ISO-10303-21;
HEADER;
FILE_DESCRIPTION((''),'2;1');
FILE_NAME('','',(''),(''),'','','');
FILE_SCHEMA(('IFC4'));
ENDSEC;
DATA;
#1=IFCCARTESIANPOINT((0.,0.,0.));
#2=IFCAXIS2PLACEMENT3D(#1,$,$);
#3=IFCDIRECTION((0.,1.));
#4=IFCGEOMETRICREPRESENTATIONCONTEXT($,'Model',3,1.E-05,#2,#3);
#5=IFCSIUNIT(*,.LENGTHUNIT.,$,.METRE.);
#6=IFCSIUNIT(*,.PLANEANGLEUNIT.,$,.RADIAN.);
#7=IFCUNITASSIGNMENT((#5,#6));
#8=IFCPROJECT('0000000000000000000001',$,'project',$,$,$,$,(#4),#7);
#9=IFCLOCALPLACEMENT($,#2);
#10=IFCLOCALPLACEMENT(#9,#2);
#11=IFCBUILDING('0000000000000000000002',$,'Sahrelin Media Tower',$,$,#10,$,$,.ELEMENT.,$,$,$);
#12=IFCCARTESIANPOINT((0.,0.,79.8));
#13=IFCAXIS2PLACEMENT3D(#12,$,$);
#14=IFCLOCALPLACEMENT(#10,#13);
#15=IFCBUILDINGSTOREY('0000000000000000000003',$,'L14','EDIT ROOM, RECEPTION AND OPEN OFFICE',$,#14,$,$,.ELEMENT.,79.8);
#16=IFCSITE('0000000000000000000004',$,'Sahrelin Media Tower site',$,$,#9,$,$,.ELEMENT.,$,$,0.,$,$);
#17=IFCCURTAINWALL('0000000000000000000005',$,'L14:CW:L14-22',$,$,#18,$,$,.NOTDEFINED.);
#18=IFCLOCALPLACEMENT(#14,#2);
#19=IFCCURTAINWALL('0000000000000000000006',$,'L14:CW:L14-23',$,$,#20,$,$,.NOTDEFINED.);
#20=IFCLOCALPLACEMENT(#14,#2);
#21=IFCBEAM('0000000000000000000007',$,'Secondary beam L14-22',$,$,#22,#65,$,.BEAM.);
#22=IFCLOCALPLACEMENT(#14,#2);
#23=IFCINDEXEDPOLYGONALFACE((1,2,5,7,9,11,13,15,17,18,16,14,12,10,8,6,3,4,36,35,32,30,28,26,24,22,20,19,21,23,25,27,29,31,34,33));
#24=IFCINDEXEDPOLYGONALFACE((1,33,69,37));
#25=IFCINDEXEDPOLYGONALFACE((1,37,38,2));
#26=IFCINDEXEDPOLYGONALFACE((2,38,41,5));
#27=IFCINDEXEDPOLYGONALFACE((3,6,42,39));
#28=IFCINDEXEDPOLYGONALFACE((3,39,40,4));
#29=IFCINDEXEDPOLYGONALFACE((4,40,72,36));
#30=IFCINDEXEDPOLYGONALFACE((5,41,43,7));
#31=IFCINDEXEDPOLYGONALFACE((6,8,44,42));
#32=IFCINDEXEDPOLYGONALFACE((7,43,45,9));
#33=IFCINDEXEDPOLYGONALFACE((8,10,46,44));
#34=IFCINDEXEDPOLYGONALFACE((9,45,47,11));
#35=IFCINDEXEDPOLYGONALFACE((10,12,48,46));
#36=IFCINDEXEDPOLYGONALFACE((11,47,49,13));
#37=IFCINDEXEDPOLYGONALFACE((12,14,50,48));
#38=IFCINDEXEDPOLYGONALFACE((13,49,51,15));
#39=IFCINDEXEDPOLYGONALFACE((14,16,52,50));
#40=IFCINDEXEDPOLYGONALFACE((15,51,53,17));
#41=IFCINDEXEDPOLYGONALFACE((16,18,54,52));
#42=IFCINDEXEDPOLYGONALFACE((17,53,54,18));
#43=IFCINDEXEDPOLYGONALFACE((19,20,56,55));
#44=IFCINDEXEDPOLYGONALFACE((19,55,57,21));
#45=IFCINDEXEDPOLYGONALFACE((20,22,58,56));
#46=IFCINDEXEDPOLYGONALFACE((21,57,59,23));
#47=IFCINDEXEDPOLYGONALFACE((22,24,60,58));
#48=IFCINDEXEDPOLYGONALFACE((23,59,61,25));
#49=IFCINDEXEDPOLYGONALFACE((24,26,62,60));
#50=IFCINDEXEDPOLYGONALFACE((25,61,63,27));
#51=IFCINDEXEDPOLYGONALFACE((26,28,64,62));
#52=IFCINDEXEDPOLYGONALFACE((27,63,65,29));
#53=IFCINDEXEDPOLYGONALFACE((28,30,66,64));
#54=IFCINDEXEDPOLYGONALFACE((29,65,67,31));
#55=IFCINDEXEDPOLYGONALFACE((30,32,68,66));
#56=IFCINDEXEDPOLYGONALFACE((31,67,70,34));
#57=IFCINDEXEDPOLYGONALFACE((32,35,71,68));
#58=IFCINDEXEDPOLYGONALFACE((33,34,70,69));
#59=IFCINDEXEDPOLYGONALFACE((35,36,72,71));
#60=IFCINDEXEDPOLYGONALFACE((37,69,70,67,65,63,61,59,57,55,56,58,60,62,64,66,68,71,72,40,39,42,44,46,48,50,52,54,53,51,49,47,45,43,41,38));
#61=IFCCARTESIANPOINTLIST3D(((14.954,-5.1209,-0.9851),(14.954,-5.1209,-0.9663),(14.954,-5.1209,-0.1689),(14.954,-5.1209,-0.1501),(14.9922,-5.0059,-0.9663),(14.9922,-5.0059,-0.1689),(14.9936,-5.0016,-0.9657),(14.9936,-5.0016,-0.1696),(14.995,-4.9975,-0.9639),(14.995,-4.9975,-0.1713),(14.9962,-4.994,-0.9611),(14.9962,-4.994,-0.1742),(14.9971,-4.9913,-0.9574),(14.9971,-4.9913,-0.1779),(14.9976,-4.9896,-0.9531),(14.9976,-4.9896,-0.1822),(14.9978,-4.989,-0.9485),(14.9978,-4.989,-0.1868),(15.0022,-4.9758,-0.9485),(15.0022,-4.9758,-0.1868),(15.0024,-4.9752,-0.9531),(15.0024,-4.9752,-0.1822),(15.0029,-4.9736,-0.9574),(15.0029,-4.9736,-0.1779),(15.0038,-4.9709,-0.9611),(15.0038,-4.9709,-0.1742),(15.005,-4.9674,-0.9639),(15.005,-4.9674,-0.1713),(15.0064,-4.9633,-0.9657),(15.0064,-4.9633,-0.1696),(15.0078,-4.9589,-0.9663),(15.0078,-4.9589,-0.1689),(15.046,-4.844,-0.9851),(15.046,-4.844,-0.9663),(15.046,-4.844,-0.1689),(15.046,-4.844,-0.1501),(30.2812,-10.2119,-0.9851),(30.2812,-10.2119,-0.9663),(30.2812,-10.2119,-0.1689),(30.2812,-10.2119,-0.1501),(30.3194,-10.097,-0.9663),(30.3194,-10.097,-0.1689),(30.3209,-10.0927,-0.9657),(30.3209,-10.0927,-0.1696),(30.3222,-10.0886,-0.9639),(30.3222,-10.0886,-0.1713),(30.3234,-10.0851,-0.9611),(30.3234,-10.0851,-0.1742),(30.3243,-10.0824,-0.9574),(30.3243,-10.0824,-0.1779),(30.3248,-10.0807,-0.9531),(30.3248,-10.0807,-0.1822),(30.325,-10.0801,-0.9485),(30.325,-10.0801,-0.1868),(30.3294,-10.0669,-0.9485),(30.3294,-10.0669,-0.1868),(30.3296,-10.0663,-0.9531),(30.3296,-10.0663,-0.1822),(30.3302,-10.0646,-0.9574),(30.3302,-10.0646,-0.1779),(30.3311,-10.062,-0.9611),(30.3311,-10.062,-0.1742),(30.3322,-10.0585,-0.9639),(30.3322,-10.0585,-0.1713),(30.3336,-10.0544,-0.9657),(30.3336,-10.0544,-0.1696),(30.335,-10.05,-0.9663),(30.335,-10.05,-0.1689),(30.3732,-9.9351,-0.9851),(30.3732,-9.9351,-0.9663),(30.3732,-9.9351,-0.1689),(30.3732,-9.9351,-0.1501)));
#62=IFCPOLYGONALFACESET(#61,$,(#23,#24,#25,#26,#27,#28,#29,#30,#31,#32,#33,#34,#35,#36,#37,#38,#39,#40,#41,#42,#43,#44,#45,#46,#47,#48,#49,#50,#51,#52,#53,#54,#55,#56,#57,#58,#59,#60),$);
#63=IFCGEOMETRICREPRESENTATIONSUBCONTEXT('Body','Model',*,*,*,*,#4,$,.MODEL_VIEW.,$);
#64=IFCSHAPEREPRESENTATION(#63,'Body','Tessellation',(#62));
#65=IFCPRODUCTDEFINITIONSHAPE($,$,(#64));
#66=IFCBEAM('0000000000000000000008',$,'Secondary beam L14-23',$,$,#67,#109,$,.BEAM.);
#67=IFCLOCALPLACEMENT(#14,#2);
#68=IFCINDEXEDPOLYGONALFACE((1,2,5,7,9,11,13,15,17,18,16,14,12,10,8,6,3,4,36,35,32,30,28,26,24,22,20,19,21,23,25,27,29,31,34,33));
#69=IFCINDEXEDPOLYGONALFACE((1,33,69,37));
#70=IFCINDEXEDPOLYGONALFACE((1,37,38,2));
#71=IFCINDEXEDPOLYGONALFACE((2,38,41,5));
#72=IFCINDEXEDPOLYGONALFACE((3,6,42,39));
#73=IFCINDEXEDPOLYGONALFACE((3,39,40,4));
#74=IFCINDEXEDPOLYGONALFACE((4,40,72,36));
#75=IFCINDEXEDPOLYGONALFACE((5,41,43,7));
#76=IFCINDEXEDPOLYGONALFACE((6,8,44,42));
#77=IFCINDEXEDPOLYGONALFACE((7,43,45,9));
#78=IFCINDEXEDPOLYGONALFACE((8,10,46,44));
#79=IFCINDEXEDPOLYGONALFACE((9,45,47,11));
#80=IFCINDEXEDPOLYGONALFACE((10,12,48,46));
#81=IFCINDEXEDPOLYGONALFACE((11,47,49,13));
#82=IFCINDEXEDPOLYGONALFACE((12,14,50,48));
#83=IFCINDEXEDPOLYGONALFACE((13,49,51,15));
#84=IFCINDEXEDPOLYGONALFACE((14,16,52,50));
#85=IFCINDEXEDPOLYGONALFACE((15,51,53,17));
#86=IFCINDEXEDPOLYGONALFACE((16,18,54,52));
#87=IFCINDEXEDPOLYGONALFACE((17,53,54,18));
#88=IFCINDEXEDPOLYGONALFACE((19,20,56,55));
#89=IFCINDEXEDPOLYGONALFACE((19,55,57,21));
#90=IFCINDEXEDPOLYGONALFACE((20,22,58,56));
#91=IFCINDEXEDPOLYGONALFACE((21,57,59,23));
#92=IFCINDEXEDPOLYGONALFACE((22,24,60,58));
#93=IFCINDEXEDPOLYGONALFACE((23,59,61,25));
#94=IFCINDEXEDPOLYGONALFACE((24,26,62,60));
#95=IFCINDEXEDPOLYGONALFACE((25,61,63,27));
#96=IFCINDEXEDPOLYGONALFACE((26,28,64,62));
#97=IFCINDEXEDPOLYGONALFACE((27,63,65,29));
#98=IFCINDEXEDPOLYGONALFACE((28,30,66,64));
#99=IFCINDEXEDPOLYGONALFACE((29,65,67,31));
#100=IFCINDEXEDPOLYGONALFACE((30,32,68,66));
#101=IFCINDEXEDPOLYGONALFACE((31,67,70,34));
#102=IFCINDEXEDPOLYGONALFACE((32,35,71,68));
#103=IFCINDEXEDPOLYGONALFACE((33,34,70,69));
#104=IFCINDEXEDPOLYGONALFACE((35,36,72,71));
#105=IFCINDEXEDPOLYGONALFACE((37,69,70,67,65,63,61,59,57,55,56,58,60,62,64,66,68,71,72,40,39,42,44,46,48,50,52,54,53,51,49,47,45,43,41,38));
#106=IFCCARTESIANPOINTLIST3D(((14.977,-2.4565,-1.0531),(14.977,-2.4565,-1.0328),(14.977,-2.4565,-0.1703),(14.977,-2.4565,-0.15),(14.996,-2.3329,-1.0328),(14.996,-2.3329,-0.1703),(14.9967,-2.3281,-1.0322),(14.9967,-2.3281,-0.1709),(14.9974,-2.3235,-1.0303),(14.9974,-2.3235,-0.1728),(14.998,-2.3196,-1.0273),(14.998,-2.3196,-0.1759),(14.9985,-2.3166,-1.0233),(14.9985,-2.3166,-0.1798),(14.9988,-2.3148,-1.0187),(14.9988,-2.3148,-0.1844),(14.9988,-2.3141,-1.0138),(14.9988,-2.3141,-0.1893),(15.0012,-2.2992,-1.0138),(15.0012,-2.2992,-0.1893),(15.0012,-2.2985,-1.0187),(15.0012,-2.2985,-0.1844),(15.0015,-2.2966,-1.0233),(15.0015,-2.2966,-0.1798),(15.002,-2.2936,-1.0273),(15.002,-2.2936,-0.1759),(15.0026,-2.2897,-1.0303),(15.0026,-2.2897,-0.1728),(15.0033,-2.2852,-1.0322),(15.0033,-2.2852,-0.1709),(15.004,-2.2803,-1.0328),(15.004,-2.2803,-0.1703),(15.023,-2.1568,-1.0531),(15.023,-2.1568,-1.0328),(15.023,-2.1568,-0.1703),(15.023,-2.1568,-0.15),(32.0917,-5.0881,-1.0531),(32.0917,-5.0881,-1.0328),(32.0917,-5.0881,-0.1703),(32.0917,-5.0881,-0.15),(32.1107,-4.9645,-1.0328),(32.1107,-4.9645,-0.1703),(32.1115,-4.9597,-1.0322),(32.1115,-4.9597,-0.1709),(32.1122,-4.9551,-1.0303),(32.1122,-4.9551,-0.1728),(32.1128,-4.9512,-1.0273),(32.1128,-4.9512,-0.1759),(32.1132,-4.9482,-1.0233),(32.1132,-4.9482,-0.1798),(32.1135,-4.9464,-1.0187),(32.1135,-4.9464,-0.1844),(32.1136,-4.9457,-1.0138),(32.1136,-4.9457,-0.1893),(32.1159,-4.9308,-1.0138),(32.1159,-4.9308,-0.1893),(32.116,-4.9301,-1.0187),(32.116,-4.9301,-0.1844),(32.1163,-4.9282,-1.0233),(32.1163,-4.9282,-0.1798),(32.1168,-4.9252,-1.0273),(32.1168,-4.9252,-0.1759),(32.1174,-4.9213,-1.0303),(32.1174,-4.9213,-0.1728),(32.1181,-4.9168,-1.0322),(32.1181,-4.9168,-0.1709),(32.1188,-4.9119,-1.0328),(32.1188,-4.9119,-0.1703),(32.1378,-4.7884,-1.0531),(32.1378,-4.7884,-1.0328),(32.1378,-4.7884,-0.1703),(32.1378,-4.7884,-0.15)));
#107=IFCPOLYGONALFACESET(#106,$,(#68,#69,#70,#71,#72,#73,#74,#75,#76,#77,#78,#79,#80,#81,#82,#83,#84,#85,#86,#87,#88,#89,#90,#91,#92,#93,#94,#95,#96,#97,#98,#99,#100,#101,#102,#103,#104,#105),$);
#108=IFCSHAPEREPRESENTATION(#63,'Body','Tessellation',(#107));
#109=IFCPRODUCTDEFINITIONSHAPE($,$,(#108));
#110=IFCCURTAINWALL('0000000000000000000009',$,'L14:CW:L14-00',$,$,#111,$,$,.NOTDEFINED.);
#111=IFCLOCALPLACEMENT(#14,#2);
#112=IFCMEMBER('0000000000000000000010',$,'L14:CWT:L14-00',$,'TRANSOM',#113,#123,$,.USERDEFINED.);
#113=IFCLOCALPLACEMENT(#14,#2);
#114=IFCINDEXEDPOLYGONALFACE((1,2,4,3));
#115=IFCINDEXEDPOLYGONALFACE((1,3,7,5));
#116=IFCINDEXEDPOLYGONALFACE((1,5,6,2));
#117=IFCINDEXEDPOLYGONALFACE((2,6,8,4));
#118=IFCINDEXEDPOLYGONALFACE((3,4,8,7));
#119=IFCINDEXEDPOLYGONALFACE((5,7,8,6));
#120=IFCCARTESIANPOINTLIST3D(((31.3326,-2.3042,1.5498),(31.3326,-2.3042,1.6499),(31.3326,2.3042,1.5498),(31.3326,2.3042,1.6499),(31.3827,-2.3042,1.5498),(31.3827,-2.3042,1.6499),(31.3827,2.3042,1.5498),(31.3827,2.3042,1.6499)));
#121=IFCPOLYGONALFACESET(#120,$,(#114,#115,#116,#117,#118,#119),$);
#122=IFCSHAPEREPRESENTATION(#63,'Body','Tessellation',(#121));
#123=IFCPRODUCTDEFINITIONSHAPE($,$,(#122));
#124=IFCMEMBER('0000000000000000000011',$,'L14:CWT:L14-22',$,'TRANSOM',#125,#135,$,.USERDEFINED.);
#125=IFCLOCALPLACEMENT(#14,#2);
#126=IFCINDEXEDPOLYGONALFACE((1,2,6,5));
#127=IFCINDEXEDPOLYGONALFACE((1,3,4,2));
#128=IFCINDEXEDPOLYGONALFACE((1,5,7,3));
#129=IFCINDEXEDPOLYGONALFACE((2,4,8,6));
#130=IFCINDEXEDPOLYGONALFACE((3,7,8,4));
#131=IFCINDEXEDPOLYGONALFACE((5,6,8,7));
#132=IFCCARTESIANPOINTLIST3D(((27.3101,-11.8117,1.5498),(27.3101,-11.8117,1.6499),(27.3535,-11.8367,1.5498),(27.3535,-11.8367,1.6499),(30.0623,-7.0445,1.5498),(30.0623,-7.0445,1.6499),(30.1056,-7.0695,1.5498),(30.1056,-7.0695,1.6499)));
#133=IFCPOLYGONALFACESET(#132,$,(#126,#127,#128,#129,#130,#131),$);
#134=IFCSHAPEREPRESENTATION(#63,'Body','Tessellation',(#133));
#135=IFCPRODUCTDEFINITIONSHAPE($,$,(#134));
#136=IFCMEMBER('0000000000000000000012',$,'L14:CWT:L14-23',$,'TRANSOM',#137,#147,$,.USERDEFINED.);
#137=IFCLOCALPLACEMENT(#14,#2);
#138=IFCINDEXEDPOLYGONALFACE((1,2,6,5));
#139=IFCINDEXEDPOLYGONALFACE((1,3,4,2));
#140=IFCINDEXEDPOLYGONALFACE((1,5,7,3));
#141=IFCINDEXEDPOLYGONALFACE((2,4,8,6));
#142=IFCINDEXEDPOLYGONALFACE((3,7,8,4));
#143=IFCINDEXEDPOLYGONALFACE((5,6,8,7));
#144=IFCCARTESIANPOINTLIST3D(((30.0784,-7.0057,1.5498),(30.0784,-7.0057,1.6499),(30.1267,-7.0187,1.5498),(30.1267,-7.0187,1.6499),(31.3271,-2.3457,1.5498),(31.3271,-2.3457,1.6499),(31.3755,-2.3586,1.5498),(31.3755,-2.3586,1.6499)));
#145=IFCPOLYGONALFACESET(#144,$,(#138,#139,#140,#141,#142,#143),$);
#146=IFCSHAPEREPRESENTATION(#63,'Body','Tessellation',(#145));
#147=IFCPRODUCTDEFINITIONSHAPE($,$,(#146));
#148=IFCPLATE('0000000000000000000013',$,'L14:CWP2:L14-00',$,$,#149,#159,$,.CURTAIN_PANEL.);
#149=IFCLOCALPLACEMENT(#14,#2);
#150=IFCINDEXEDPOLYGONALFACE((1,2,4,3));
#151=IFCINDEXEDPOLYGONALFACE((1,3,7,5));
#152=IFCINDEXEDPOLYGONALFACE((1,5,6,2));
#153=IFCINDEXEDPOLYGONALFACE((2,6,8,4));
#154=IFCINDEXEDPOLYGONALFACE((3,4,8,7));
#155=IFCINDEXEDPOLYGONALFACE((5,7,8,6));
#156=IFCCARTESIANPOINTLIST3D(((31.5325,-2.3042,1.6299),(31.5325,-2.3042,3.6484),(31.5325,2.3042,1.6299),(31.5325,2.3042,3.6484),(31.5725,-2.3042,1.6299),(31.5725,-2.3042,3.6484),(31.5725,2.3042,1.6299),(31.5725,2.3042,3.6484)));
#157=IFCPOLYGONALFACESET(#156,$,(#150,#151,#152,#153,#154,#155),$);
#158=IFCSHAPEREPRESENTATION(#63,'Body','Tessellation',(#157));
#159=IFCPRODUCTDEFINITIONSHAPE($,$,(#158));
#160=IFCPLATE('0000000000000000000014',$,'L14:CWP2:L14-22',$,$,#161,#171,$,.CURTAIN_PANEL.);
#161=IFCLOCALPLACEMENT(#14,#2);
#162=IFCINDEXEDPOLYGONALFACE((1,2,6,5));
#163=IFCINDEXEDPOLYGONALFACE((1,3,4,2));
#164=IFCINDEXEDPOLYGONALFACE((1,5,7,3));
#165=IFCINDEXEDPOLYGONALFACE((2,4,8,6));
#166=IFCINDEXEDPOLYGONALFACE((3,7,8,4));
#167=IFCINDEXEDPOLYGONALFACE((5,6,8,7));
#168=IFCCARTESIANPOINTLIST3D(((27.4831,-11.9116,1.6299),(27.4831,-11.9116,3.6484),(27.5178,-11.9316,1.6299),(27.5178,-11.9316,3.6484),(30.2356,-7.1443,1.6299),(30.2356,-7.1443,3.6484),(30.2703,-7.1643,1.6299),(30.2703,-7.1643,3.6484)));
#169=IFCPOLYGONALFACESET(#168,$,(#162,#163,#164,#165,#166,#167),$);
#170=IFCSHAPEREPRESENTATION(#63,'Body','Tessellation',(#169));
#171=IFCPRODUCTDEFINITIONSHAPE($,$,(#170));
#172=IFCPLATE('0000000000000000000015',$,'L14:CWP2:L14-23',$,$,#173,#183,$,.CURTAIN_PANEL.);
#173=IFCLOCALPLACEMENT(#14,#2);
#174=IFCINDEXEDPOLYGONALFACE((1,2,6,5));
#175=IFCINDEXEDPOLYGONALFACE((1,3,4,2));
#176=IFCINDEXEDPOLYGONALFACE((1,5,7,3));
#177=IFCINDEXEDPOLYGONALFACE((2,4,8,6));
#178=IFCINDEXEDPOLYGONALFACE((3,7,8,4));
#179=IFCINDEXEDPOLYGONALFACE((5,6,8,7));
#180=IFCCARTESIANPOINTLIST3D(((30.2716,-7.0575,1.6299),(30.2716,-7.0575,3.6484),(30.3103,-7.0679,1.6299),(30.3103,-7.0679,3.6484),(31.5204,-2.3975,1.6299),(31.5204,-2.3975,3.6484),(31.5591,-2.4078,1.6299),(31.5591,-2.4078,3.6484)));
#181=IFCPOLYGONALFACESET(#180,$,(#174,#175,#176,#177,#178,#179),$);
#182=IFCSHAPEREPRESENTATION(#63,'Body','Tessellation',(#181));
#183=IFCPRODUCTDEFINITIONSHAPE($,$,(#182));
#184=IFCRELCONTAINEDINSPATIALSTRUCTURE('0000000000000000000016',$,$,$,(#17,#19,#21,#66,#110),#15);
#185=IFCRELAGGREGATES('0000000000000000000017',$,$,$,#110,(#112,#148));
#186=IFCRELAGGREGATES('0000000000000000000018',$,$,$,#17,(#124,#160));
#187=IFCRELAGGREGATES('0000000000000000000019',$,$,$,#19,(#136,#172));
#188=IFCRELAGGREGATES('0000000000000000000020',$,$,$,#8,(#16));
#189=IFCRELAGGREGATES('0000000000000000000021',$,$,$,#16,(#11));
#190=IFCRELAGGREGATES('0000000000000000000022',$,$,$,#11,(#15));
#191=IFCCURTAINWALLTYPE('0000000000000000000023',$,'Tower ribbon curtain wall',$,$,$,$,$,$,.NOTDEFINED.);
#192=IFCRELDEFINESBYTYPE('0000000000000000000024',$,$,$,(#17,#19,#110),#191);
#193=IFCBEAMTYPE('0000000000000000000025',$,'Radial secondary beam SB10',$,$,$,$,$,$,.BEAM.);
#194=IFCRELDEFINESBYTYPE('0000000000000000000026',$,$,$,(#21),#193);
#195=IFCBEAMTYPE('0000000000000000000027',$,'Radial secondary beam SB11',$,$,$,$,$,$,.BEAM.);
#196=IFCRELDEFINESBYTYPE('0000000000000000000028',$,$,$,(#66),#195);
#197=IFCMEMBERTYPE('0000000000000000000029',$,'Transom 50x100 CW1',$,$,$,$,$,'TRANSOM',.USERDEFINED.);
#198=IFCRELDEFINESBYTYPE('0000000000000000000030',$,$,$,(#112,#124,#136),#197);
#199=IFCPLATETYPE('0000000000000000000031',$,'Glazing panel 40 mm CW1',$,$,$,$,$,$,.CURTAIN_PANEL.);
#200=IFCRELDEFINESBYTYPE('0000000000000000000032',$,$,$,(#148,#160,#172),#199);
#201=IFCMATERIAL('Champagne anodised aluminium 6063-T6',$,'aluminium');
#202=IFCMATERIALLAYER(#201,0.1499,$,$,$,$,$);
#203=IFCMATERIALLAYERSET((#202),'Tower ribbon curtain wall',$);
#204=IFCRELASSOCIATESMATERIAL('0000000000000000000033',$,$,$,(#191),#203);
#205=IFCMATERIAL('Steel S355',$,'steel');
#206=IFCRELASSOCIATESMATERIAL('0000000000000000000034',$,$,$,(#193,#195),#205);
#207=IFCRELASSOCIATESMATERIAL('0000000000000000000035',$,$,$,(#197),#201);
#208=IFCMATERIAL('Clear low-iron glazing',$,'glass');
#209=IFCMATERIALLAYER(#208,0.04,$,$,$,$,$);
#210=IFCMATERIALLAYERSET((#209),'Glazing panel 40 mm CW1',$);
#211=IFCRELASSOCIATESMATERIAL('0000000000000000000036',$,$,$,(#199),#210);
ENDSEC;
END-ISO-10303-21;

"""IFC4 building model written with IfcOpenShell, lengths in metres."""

from ifc_helpers import new_model, si_unit, direction, frame, origin, origin_2d, place, context, subcontext, project, spatial, polyline, rectangle, i_section, outline, extrude, material, layer, layer_set, material_profile, profile_set, type_object, element, aggregate, save


model = new_model("IFC4")

# Units and contexts
model_context = context("Model", 3, precision=1e-05, world=origin(), true_north=direction((0.0, 1.0)))
body_context = subcontext(model_context, "Body", "Model", "MODEL_VIEW")
ifc_project = project(units=[si_unit("LENGTHUNIT", "METRE"), si_unit("PLANEANGLEUNIT", "RADIAN")], contexts=[model_context])

# Site, building, storey
site_placement = place(None, origin())
site = spatial("IfcSite", under=ifc_project, at=site_placement, Name="Sahrelin Media Tower site", CompositionType="ELEMENT", RefElevation=0.0)
building_placement = place(site_placement, origin())
building = spatial("IfcBuilding", under=site, at=building_placement, Name="Sahrelin Media Tower", CompositionType="ELEMENT")
storey_placement = place(building_placement, frame((0.0, 0.0, 79.8)))
storey = spatial("IfcBuildingStorey", under=building, at=storey_placement, Name="L14", Description="EDIT ROOM, RECEPTION AND OPEN OFFICE", CompositionType="ELEMENT", Elevation=79.8)

# Shared definitions
ifc_material_1 = material(Name="Steel S355", Category="steel")

# Curtain walls
ifc_material_2 = material(Name="Champagne anodised aluminium 6063-T6", Category="aluminium")
ifc_layer_1 = layer(ifc_material_2, 0.1499)
ifc_layer_set_1 = layer_set([ifc_layer_1], Name="Tower ribbon curtain wall")
curtain_wall_type = type_object("IfcCurtainWallType", Name="Tower ribbon curtain wall", PredefinedType="NOTDEFINED", material=ifc_layer_set_1)
curtain_wall_1_placement = place(storey_placement, frame((28.8767, -9.5378, 0.0), z_axis=(0.0, 0.0, 1.0), x_axis=(1.0, 0.0, 0.0)))
curtain_wall_1 = element("IfcCurtainWall", 1, at=curtain_wall_1_placement, inside=storey, type_object=curtain_wall_type, Name="L14:CW:L14-22", PredefinedType="NOTDEFINED")
curtain_wall_2_placement = place(storey_placement, frame((30.9153, -4.7327, 0.0), z_axis=(0.0, 0.0, 1.0), x_axis=(1.0, 0.0, 0.0)))
curtain_wall_2 = element("IfcCurtainWall", 2, at=curtain_wall_2_placement, inside=storey, type_object=curtain_wall_type, Name="L14:CW:L14-23", PredefinedType="NOTDEFINED")

# Beams
ifc_material_profile_1 = material_profile(ifc_material_1, i_section(OverallWidth=0.2917, OverallDepth=0.835, WebThickness=0.0139, FlangeThickness=0.0188, FilletRadius=0.0178, at=origin_2d()), Name="UB 838x292x176")
ifc_profile_set_1 = profile_set([ifc_material_profile_1], Name="Steel S355")
beam_type_1 = type_object("IfcBeamType", Name="Radial secondary beam SB10", PredefinedType="BEAM", material=ifc_profile_set_1)
beam_1_placement = place(storey_placement, frame((15.0, -4.9824, -0.5676), z_axis=(0.949017, -0.315225, 0.0), x_axis=(0.315225, 0.949017, 0.0)))
element("IfcBeam", 3, at=beam_1_placement, inside=storey, type_object=beam_type_1, Name="Secondary beam L14-22", PredefinedType="BEAM", context=body_context, shape_type="SweptSolid", body=[
    extrude(i_section(OverallWidth=0.2917, OverallDepth=0.835, WebThickness=0.0139, FlangeThickness=0.0188, FilletRadius=0.0178, at=origin_2d()), origin(), (0.0, 0.0, 1.0), 16.1506),
])
ifc_material_profile_2 = material_profile(ifc_material_1, i_section(OverallWidth=0.3032, OverallDepth=0.9031, WebThickness=0.0151, FlangeThickness=0.0203, FilletRadius=0.019, at=origin_2d()), Name="UB 914x305x201")
ifc_profile_set_2 = profile_set([ifc_material_profile_2], Name="Steel S355")
beam_type_2 = type_object("IfcBeamType", Name="Radial secondary beam SB11", PredefinedType="BEAM", material=ifc_profile_set_2)
beam_2_placement = place(storey_placement, frame((15.0, -2.3066, -0.6016), z_axis=(0.988384, -0.151976, 0.0), x_axis=(0.151976, 0.988384, 0.0)))
element("IfcBeam", 4, at=beam_2_placement, inside=storey, type_object=beam_type_2, Name="Secondary beam L14-23", PredefinedType="BEAM", context=body_context, shape_type="SweptSolid", body=[
    extrude(i_section(OverallWidth=0.3032, OverallDepth=0.9031, WebThickness=0.0151, FlangeThickness=0.0203, FilletRadius=0.019, at=origin_2d()), origin(), (0.0, 0.0, 1.0), 17.3159),
])

# Curtain wall, member
curtain_wall_3_placement = place(storey_placement, frame((31.5525, 0.0, 0.0), z_axis=(0.0, 0.0, 1.0), x_axis=(1.0, 0.0, 0.0)))
curtain_wall_3 = element("IfcCurtainWall", 5, at=curtain_wall_3_placement, inside=storey, type_object=curtain_wall_type, Name="L14:CW:L14-00", PredefinedType="NOTDEFINED")
ifc_material_profile_3 = material_profile(ifc_material_2, rectangle(XDim=0.05, YDim=0.1001, at=origin_2d()), Name="Transom 50x100")
ifc_profile_set_3 = profile_set([ifc_material_profile_3], Name="Champagne anodised aluminium 6063-T6")
member_type_1 = type_object("IfcMemberType", Name="Transom 50x100 CW1", ElementType="TRANSOM", PredefinedType="USERDEFINED", material=ifc_profile_set_3)
member_1_placement = place(storey_placement, frame((31.3577, -2.3042, 1.5999), z_axis=(0.0, 1.0, 0.0), x_axis=(-1.0, 0.0, 0.0)))
member_1 = element("IfcMember", 6, at=member_1_placement, type_object=member_type_1, Name="L14:CWT:L14-00", ObjectType="TRANSOM", PredefinedType="USERDEFINED", context=body_context, shape_type="SweptSolid", body=[
    extrude(rectangle(XDim=0.05, YDim=0.1001, at=origin_2d()), origin(), (0.0, 0.0, 1.0), 4.6084),
])

# Members
member_2_placement = place(storey_placement, frame((27.3318, -11.8242, 1.5999), z_axis=(0.499969, 0.866043, 0.0), x_axis=(-0.866043, 0.499969, 0.0)))
member_2 = element("IfcMember", 7, at=member_2_placement, type_object=member_type_1, Name="L14:CWT:L14-22", ObjectType="TRANSOM", PredefinedType="USERDEFINED", context=body_context, shape_type="SweptSolid", body=[
    extrude(rectangle(XDim=0.05, YDim=0.1001, at=origin_2d()), origin(), (0.0, 0.0, 1.0), 5.5046),
])
member_3_placement = place(storey_placement, frame((30.1025, -7.0122, 1.5999), z_axis=(0.258837, 0.965921, 0.0), x_axis=(-0.965921, 0.258837, 0.0)))
member_3 = element("IfcMember", 8, at=member_3_placement, type_object=member_type_1, Name="L14:CWT:L14-23", ObjectType="TRANSOM", PredefinedType="USERDEFINED", context=body_context, shape_type="SweptSolid", body=[
    extrude(rectangle(XDim=0.05, YDim=0.1001, at=origin_2d()), origin(), (0.0, 0.0, 1.0), 4.8245),
])

# Plates
ifc_material_3 = material(Name="Clear low-iron glazing", Category="glass")
ifc_layer_2 = layer(ifc_material_3, 0.04)
ifc_layer_set_2 = layer_set([ifc_layer_2], Name="Glazing panel 40 mm CW1")
plate_type_1 = type_object("IfcPlateType", Name="Glazing panel 40 mm CW1", PredefinedType="CURTAIN_PANEL", material=ifc_layer_set_2)
plate_1_placement = place(storey_placement, frame((31.5725, -2.3042, 1.6299), z_axis=(1.0, 0.0, 0.0), x_axis=(0.0, 1.0, 0.0)))
plate_1 = element("IfcPlate", 9, at=plate_1_placement, type_object=plate_type_1, Name="L14:CWP2:L14-00", PredefinedType="CURTAIN_PANEL", context=body_context, shape_type="SweptSolid", body=[
    extrude(outline(polyline([(0.0, 0.0), (4.6084, 0.0), (4.6084, 2.0186), (0.0, 2.0186), (0.0, 0.0)])), origin(), (0.0, 0.0, -1.0), 0.04),
])
plate_2_placement = place(storey_placement, frame((27.5178, -11.9316, 1.6299), z_axis=(0.866024, -0.500003, 0.0), x_axis=(0.500003, 0.866024, 0.0)))
plate_2 = element("IfcPlate", 10, at=plate_2_placement, type_object=plate_type_1, Name="L14:CWP2:L14-22", PredefinedType="CURTAIN_PANEL", context=body_context, shape_type="SweptSolid", body=[
    extrude(outline(polyline([(0.0, 0.0), (5.5049, 0.0), (5.5049, 2.0186), (0.0, 2.0186), (0.0, 0.0)])), origin(), (0.0, 0.0, -1.0), 0.04),
])
plate_3_placement = place(storey_placement, frame((30.3103, -7.0679, 1.6299), z_axis=(0.965921, -0.258837, 0.0), x_axis=(0.258837, 0.965921, 0.0)))
plate_3 = element("IfcPlate", 11, at=plate_3_placement, type_object=plate_type_1, Name="L14:CWP2:L14-23", PredefinedType="CURTAIN_PANEL", context=body_context, shape_type="SweptSolid", body=[
    extrude(outline(polyline([(0.0, 0.0), (4.8245, 0.0), (4.8245, 2.0186), (0.0, 2.0186), (0.0, 0.0)])), origin(), (0.0, 0.0, -1.0), 0.04),
])
aggregate(curtain_wall_3, [member_1, plate_1])
aggregate(curtain_wall_1, [member_2, plate_2])
aggregate(curtain_wall_2, [member_3, plate_3])

save(model, "model.ifc")
